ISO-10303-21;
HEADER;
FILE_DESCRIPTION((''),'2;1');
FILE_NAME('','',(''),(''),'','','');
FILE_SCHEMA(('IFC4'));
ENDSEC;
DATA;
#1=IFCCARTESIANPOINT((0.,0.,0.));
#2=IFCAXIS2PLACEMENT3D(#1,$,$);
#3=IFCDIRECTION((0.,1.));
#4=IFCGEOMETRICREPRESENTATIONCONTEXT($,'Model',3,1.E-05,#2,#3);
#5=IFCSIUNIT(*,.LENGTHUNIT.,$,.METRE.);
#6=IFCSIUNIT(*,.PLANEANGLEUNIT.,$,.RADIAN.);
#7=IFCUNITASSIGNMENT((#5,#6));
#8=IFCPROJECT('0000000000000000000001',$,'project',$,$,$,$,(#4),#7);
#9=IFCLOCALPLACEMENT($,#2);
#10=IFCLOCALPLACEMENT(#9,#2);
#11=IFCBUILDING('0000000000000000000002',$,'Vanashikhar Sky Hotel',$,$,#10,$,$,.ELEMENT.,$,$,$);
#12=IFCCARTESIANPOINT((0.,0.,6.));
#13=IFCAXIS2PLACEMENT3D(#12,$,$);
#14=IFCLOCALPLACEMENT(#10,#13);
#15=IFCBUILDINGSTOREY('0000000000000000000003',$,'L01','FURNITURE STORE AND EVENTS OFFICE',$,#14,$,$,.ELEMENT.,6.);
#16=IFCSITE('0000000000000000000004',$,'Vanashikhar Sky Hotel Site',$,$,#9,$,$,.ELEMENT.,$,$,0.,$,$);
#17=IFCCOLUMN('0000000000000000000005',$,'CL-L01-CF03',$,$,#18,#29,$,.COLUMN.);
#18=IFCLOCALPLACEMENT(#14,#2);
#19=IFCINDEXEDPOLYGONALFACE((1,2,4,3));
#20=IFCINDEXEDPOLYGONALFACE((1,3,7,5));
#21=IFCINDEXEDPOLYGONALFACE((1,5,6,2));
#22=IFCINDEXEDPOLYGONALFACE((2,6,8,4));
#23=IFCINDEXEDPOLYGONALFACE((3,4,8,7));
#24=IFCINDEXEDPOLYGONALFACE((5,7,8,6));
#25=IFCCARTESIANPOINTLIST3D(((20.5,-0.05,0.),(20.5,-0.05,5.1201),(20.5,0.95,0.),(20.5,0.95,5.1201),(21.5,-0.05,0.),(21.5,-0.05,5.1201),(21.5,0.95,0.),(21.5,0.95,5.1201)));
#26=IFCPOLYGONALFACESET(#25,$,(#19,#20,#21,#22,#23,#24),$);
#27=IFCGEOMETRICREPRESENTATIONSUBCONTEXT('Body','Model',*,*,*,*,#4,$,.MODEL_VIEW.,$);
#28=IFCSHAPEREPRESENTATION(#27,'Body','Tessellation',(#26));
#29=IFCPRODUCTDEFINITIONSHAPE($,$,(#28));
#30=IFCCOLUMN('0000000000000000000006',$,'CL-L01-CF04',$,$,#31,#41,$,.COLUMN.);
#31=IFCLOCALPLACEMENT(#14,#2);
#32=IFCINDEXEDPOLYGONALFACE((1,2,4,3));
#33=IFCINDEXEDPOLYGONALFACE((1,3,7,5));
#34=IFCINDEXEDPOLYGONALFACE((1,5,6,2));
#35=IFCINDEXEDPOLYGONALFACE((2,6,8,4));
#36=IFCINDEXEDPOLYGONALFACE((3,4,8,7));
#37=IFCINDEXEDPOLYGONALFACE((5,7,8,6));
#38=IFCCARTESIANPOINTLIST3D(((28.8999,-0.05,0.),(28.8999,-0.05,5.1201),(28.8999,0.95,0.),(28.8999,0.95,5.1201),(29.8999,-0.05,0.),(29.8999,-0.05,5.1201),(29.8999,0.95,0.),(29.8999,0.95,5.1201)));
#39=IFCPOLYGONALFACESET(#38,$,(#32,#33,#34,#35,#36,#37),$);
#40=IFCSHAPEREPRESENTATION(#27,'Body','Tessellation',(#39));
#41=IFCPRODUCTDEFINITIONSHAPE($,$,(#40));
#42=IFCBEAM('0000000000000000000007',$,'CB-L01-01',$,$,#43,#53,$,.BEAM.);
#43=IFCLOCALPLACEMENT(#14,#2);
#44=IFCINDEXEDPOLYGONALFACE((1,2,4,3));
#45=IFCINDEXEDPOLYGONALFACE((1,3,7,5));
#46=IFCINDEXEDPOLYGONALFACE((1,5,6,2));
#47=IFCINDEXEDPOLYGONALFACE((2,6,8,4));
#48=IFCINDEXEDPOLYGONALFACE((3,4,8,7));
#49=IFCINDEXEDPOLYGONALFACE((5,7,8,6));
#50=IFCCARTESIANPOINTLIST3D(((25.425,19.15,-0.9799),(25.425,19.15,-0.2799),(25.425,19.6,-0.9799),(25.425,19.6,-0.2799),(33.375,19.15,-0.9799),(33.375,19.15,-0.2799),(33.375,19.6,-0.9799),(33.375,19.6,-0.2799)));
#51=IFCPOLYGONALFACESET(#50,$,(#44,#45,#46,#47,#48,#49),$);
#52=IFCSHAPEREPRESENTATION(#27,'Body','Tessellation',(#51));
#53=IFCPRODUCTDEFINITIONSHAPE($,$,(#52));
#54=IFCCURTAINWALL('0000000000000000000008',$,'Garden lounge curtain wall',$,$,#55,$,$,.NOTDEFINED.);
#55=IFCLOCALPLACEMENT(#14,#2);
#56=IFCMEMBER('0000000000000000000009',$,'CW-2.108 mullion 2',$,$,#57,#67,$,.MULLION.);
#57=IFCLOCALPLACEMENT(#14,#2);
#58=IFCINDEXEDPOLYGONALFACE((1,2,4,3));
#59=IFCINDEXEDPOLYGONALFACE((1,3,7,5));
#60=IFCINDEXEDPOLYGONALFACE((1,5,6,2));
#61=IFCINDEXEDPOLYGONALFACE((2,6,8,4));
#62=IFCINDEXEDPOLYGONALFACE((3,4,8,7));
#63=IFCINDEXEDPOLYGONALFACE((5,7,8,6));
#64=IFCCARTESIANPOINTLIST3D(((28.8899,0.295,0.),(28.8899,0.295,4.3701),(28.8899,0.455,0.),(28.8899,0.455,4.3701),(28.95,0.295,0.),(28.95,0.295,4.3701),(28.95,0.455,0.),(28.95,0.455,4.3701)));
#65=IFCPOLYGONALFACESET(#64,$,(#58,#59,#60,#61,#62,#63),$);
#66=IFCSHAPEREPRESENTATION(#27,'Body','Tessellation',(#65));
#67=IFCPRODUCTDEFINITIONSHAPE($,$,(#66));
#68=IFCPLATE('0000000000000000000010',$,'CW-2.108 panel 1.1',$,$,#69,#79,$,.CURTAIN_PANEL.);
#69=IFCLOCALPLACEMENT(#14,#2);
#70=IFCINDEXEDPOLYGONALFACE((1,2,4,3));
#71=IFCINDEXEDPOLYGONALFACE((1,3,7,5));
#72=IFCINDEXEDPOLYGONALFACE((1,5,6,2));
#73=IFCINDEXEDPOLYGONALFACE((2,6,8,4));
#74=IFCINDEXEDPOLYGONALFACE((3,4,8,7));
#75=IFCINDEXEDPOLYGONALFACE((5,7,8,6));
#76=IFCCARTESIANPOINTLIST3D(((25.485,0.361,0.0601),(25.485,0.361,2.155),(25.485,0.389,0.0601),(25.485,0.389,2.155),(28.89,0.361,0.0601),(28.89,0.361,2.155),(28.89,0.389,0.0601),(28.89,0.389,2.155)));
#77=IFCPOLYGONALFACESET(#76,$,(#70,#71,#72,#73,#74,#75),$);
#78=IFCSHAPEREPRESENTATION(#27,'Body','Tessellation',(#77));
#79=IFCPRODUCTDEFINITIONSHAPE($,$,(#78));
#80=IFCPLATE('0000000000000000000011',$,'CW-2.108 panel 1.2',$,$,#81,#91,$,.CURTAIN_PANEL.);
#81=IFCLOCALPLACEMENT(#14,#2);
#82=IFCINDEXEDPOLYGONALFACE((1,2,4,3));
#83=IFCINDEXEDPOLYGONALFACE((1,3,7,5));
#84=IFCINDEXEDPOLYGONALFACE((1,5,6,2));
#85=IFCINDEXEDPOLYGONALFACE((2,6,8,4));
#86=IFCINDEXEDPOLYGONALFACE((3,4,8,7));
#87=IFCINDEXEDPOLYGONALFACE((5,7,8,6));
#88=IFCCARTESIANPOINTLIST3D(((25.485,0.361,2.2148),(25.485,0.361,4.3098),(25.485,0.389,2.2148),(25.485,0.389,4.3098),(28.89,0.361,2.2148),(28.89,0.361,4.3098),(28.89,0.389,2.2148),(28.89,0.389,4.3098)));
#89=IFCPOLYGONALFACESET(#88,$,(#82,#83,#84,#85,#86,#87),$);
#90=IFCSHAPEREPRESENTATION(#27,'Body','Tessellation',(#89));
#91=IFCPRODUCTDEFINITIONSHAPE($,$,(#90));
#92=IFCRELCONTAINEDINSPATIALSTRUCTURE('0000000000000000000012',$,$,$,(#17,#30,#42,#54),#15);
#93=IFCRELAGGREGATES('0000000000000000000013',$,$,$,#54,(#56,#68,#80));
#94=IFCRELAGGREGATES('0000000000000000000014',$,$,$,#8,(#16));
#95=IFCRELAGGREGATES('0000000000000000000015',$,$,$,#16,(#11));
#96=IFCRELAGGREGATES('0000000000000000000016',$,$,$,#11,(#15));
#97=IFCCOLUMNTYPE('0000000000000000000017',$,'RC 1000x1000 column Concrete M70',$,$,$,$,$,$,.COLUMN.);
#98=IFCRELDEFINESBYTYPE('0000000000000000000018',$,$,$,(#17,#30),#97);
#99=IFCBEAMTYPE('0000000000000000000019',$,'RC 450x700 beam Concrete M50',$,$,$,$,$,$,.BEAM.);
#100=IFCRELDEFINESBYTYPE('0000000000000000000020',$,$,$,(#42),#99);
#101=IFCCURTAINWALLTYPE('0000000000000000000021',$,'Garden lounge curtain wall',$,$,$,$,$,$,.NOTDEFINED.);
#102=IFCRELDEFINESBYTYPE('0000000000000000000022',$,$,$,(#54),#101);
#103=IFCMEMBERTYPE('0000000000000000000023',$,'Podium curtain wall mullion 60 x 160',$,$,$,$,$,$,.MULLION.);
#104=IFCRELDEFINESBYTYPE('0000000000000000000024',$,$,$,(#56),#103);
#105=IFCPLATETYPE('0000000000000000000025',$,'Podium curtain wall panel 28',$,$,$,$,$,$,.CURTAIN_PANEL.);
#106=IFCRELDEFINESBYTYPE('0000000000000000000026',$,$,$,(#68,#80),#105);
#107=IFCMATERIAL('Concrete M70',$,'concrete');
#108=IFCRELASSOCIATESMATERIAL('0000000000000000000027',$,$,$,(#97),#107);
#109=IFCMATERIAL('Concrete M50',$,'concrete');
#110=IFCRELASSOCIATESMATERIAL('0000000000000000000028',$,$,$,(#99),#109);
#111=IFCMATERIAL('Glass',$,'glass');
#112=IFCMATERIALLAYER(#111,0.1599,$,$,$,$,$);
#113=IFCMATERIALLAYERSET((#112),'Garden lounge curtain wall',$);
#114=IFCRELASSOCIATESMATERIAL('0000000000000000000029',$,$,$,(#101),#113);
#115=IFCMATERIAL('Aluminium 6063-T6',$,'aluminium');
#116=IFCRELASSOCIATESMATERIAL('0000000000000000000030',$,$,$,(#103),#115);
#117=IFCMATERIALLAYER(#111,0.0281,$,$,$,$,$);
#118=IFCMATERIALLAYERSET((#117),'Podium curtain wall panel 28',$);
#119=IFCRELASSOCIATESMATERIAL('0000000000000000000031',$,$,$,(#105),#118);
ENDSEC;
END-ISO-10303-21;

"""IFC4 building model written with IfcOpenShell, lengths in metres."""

from ifc_helpers import new_model, si_unit, direction, frame, origin, origin_2d, place, context, subcontext, project, spatial, rectangle, extrude, source, transform, mapped, material, layer, layer_set, material_profile, profile_set, type_object, element, aggregate, save


model = new_model("IFC4")

# Units and contexts
model_context = context("Model", 3, precision=1e-05, world=origin(), true_north=direction((0.0, 1.0)))
body_context = subcontext(model_context, "Body", "Model", "MODEL_VIEW")
ifc_project = project(units=[si_unit("LENGTHUNIT", "METRE"), si_unit("PLANEANGLEUNIT", "RADIAN")], contexts=[model_context])

# Site, building, storey
site_placement = place(None, origin())
site = spatial("IfcSite", under=ifc_project, at=site_placement, Name="Vanashikhar Sky Hotel Site", CompositionType="ELEMENT", RefElevation=0.0)
building_placement = place(site_placement, origin())
building = spatial("IfcBuilding", under=site, at=building_placement, Name="Vanashikhar Sky Hotel", CompositionType="ELEMENT")
storey_placement = place(building_placement, frame((0.0, 0.0, 6.0)))
storey = spatial("IfcBuildingStorey", under=building, at=storey_placement, Name="L01", Description="FURNITURE STORE AND EVENTS OFFICE", CompositionType="ELEMENT", Elevation=6.0)

# Columns
ifc_material_1 = material(Name="Concrete M70", Category="concrete")
ifc_material_profile_1 = material_profile(ifc_material_1, rectangle(XDim=1.0, YDim=1.0, at=origin_2d()))
ifc_profile_set_1 = profile_set([ifc_material_profile_1], Name="RC 1000x1000 column Concrete M70")
column_type = type_object("IfcColumnType", Name="RC 1000x1000 column Concrete M70", PredefinedType="COLUMN", material=ifc_profile_set_1)
shared_shape_1 = source(origin(), body_context, "Body", "SweptSolid", [
    extrude(rectangle(XDim=1.0, YDim=1.0, at=origin_2d()), origin(), (0.0, 0.0, 1.0), 5.1201),
])
for number, where, z_axis, x_axis, name in (
    (1, (21.0, 0.45, 0.0), (0.0, 0.0, 1.0), (1.0, 0.0, 0.0), "CL-L01-CF03"),
    (2, (29.3999, 0.45, 0.0), (0.0, 0.0, 1.0), (1.0, 0.0, 0.0), "CL-L01-CF04"),
):
    element("IfcColumn", number, at=place(storey_placement, frame(where, z_axis=z_axis, x_axis=x_axis)), inside=storey, type_object=column_type, Name=name, PredefinedType="COLUMN", context=body_context, shape_type="MappedRepresentation", body=[
        mapped(shared_shape_1, transform((0.0, 0.0, 0.0), scale=1.0)),
    ])

# Beam
ifc_material_2 = material(Name="Concrete M50", Category="concrete")
ifc_material_profile_2 = material_profile(ifc_material_2, rectangle(XDim=0.45, YDim=0.7, at=origin_2d()))
ifc_profile_set_2 = profile_set([ifc_material_profile_2], Name="RC 450x700 beam Concrete M50")
beam_type = type_object("IfcBeamType", Name="RC 450x700 beam Concrete M50", PredefinedType="BEAM", material=ifc_profile_set_2)
shared_shape_2 = source(origin(), body_context, "Body", "SweptSolid", [
    extrude(rectangle(XDim=0.45, YDim=0.7, at=origin_2d()), origin(), (0.0, 0.0, 1.0), 7.95),
])
beam_placement = place(storey_placement, frame((25.425, 19.375, -0.6299), z_axis=(1.0, 0.0, 0.0), x_axis=(0.0, 1.0, 0.0)))
element("IfcBeam", 3, at=beam_placement, inside=storey, type_object=beam_type, Name="CB-L01-01", PredefinedType="BEAM", context=body_context, shape_type="MappedRepresentation", body=[
    mapped(shared_shape_2, transform((0.0, 0.0, 0.0), scale=1.0)),
])

# Curtain wall, member, plates
ifc_material_3 = material(Name="Glass", Category="glass")
ifc_layer_1 = layer(ifc_material_3, 0.1599)
ifc_layer_set_1 = layer_set([ifc_layer_1], Name="Garden lounge curtain wall")
curtain_wall_type = type_object("IfcCurtainWallType", Name="Garden lounge curtain wall", PredefinedType="NOTDEFINED", material=ifc_layer_set_1)
curtain_wall_placement = place(storey_placement, origin())
curtain_wall = element("IfcCurtainWall", 4, at=curtain_wall_placement, inside=storey, type_object=curtain_wall_type, Name="Garden lounge curtain wall", PredefinedType="NOTDEFINED")
ifc_material_4 = material(Name="Aluminium 6063-T6", Category="aluminium")
ifc_material_profile_3 = material_profile(ifc_material_4, rectangle(XDim=0.1599, YDim=0.0601, at=origin_2d()))
ifc_profile_set_3 = profile_set([ifc_material_profile_3], Name="Aluminium 6063-T6")
member_type = type_object("IfcMemberType", Name="Podium curtain wall mullion 60 x 160", PredefinedType="MULLION", material=ifc_profile_set_3)
shared_shape_3 = source(origin(), body_context, "Body", "SweptSolid", [
    extrude(rectangle(XDim=0.1599, YDim=0.0601, at=origin_2d()), origin(), (0.0, 0.0, 1.0), 4.3701),
])
member_placement = place(storey_placement, frame((28.9199, 0.375, 0.0), z_axis=(0.0, 0.0, 1.0), x_axis=(0.0, 1.0, 0.0)))
member = element("IfcMember", 5, at=member_placement, type_object=member_type, Name="CW-2.108 mullion 2", PredefinedType="MULLION", context=body_context, shape_type="MappedRepresentation", body=[
    mapped(shared_shape_3, transform((0.0, 0.0, 0.0), scale=1.0)),
])
ifc_layer_2 = layer(ifc_material_3, 0.0281)
ifc_layer_set_2 = layer_set([ifc_layer_2], Name="Podium curtain wall panel 28")
plate_type = type_object("IfcPlateType", Name="Podium curtain wall panel 28", PredefinedType="CURTAIN_PANEL", material=ifc_layer_set_2)
shared_shape_4 = source(origin(), body_context, "Body", "SweptSolid", [
    extrude(rectangle(XDim=3.405, YDim=0.0281, at=origin_2d()), origin(), (0.0, 0.0, 1.0), 2.095),
])
plate_1_placement = place(storey_placement, frame((27.1875, 0.375, 0.0601), z_axis=(0.0, 0.0, 1.0), x_axis=(1.0, 0.0, 0.0)))
plate_1 = element("IfcPlate", 6, at=plate_1_placement, type_object=plate_type, Name="CW-2.108 panel 1.1", PredefinedType="CURTAIN_PANEL", context=body_context, shape_type="MappedRepresentation", body=[
    mapped(shared_shape_4, transform((0.0, 0.0, 0.0), scale=1.0)),
])
plate_2_placement = place(storey_placement, frame((27.1875, 0.375, 2.2148), z_axis=(0.0, 0.0, 1.0), x_axis=(1.0, 0.0, 0.0)))
plate_2 = element("IfcPlate", 7, at=plate_2_placement, type_object=plate_type, Name="CW-2.108 panel 1.2", PredefinedType="CURTAIN_PANEL", context=body_context, shape_type="MappedRepresentation", body=[
    mapped(shared_shape_4, transform((0.0, 0.0, 0.0), scale=1.0)),
])
aggregate(curtain_wall, [member, plate_1, plate_2])

save(model, "model.ifc")
